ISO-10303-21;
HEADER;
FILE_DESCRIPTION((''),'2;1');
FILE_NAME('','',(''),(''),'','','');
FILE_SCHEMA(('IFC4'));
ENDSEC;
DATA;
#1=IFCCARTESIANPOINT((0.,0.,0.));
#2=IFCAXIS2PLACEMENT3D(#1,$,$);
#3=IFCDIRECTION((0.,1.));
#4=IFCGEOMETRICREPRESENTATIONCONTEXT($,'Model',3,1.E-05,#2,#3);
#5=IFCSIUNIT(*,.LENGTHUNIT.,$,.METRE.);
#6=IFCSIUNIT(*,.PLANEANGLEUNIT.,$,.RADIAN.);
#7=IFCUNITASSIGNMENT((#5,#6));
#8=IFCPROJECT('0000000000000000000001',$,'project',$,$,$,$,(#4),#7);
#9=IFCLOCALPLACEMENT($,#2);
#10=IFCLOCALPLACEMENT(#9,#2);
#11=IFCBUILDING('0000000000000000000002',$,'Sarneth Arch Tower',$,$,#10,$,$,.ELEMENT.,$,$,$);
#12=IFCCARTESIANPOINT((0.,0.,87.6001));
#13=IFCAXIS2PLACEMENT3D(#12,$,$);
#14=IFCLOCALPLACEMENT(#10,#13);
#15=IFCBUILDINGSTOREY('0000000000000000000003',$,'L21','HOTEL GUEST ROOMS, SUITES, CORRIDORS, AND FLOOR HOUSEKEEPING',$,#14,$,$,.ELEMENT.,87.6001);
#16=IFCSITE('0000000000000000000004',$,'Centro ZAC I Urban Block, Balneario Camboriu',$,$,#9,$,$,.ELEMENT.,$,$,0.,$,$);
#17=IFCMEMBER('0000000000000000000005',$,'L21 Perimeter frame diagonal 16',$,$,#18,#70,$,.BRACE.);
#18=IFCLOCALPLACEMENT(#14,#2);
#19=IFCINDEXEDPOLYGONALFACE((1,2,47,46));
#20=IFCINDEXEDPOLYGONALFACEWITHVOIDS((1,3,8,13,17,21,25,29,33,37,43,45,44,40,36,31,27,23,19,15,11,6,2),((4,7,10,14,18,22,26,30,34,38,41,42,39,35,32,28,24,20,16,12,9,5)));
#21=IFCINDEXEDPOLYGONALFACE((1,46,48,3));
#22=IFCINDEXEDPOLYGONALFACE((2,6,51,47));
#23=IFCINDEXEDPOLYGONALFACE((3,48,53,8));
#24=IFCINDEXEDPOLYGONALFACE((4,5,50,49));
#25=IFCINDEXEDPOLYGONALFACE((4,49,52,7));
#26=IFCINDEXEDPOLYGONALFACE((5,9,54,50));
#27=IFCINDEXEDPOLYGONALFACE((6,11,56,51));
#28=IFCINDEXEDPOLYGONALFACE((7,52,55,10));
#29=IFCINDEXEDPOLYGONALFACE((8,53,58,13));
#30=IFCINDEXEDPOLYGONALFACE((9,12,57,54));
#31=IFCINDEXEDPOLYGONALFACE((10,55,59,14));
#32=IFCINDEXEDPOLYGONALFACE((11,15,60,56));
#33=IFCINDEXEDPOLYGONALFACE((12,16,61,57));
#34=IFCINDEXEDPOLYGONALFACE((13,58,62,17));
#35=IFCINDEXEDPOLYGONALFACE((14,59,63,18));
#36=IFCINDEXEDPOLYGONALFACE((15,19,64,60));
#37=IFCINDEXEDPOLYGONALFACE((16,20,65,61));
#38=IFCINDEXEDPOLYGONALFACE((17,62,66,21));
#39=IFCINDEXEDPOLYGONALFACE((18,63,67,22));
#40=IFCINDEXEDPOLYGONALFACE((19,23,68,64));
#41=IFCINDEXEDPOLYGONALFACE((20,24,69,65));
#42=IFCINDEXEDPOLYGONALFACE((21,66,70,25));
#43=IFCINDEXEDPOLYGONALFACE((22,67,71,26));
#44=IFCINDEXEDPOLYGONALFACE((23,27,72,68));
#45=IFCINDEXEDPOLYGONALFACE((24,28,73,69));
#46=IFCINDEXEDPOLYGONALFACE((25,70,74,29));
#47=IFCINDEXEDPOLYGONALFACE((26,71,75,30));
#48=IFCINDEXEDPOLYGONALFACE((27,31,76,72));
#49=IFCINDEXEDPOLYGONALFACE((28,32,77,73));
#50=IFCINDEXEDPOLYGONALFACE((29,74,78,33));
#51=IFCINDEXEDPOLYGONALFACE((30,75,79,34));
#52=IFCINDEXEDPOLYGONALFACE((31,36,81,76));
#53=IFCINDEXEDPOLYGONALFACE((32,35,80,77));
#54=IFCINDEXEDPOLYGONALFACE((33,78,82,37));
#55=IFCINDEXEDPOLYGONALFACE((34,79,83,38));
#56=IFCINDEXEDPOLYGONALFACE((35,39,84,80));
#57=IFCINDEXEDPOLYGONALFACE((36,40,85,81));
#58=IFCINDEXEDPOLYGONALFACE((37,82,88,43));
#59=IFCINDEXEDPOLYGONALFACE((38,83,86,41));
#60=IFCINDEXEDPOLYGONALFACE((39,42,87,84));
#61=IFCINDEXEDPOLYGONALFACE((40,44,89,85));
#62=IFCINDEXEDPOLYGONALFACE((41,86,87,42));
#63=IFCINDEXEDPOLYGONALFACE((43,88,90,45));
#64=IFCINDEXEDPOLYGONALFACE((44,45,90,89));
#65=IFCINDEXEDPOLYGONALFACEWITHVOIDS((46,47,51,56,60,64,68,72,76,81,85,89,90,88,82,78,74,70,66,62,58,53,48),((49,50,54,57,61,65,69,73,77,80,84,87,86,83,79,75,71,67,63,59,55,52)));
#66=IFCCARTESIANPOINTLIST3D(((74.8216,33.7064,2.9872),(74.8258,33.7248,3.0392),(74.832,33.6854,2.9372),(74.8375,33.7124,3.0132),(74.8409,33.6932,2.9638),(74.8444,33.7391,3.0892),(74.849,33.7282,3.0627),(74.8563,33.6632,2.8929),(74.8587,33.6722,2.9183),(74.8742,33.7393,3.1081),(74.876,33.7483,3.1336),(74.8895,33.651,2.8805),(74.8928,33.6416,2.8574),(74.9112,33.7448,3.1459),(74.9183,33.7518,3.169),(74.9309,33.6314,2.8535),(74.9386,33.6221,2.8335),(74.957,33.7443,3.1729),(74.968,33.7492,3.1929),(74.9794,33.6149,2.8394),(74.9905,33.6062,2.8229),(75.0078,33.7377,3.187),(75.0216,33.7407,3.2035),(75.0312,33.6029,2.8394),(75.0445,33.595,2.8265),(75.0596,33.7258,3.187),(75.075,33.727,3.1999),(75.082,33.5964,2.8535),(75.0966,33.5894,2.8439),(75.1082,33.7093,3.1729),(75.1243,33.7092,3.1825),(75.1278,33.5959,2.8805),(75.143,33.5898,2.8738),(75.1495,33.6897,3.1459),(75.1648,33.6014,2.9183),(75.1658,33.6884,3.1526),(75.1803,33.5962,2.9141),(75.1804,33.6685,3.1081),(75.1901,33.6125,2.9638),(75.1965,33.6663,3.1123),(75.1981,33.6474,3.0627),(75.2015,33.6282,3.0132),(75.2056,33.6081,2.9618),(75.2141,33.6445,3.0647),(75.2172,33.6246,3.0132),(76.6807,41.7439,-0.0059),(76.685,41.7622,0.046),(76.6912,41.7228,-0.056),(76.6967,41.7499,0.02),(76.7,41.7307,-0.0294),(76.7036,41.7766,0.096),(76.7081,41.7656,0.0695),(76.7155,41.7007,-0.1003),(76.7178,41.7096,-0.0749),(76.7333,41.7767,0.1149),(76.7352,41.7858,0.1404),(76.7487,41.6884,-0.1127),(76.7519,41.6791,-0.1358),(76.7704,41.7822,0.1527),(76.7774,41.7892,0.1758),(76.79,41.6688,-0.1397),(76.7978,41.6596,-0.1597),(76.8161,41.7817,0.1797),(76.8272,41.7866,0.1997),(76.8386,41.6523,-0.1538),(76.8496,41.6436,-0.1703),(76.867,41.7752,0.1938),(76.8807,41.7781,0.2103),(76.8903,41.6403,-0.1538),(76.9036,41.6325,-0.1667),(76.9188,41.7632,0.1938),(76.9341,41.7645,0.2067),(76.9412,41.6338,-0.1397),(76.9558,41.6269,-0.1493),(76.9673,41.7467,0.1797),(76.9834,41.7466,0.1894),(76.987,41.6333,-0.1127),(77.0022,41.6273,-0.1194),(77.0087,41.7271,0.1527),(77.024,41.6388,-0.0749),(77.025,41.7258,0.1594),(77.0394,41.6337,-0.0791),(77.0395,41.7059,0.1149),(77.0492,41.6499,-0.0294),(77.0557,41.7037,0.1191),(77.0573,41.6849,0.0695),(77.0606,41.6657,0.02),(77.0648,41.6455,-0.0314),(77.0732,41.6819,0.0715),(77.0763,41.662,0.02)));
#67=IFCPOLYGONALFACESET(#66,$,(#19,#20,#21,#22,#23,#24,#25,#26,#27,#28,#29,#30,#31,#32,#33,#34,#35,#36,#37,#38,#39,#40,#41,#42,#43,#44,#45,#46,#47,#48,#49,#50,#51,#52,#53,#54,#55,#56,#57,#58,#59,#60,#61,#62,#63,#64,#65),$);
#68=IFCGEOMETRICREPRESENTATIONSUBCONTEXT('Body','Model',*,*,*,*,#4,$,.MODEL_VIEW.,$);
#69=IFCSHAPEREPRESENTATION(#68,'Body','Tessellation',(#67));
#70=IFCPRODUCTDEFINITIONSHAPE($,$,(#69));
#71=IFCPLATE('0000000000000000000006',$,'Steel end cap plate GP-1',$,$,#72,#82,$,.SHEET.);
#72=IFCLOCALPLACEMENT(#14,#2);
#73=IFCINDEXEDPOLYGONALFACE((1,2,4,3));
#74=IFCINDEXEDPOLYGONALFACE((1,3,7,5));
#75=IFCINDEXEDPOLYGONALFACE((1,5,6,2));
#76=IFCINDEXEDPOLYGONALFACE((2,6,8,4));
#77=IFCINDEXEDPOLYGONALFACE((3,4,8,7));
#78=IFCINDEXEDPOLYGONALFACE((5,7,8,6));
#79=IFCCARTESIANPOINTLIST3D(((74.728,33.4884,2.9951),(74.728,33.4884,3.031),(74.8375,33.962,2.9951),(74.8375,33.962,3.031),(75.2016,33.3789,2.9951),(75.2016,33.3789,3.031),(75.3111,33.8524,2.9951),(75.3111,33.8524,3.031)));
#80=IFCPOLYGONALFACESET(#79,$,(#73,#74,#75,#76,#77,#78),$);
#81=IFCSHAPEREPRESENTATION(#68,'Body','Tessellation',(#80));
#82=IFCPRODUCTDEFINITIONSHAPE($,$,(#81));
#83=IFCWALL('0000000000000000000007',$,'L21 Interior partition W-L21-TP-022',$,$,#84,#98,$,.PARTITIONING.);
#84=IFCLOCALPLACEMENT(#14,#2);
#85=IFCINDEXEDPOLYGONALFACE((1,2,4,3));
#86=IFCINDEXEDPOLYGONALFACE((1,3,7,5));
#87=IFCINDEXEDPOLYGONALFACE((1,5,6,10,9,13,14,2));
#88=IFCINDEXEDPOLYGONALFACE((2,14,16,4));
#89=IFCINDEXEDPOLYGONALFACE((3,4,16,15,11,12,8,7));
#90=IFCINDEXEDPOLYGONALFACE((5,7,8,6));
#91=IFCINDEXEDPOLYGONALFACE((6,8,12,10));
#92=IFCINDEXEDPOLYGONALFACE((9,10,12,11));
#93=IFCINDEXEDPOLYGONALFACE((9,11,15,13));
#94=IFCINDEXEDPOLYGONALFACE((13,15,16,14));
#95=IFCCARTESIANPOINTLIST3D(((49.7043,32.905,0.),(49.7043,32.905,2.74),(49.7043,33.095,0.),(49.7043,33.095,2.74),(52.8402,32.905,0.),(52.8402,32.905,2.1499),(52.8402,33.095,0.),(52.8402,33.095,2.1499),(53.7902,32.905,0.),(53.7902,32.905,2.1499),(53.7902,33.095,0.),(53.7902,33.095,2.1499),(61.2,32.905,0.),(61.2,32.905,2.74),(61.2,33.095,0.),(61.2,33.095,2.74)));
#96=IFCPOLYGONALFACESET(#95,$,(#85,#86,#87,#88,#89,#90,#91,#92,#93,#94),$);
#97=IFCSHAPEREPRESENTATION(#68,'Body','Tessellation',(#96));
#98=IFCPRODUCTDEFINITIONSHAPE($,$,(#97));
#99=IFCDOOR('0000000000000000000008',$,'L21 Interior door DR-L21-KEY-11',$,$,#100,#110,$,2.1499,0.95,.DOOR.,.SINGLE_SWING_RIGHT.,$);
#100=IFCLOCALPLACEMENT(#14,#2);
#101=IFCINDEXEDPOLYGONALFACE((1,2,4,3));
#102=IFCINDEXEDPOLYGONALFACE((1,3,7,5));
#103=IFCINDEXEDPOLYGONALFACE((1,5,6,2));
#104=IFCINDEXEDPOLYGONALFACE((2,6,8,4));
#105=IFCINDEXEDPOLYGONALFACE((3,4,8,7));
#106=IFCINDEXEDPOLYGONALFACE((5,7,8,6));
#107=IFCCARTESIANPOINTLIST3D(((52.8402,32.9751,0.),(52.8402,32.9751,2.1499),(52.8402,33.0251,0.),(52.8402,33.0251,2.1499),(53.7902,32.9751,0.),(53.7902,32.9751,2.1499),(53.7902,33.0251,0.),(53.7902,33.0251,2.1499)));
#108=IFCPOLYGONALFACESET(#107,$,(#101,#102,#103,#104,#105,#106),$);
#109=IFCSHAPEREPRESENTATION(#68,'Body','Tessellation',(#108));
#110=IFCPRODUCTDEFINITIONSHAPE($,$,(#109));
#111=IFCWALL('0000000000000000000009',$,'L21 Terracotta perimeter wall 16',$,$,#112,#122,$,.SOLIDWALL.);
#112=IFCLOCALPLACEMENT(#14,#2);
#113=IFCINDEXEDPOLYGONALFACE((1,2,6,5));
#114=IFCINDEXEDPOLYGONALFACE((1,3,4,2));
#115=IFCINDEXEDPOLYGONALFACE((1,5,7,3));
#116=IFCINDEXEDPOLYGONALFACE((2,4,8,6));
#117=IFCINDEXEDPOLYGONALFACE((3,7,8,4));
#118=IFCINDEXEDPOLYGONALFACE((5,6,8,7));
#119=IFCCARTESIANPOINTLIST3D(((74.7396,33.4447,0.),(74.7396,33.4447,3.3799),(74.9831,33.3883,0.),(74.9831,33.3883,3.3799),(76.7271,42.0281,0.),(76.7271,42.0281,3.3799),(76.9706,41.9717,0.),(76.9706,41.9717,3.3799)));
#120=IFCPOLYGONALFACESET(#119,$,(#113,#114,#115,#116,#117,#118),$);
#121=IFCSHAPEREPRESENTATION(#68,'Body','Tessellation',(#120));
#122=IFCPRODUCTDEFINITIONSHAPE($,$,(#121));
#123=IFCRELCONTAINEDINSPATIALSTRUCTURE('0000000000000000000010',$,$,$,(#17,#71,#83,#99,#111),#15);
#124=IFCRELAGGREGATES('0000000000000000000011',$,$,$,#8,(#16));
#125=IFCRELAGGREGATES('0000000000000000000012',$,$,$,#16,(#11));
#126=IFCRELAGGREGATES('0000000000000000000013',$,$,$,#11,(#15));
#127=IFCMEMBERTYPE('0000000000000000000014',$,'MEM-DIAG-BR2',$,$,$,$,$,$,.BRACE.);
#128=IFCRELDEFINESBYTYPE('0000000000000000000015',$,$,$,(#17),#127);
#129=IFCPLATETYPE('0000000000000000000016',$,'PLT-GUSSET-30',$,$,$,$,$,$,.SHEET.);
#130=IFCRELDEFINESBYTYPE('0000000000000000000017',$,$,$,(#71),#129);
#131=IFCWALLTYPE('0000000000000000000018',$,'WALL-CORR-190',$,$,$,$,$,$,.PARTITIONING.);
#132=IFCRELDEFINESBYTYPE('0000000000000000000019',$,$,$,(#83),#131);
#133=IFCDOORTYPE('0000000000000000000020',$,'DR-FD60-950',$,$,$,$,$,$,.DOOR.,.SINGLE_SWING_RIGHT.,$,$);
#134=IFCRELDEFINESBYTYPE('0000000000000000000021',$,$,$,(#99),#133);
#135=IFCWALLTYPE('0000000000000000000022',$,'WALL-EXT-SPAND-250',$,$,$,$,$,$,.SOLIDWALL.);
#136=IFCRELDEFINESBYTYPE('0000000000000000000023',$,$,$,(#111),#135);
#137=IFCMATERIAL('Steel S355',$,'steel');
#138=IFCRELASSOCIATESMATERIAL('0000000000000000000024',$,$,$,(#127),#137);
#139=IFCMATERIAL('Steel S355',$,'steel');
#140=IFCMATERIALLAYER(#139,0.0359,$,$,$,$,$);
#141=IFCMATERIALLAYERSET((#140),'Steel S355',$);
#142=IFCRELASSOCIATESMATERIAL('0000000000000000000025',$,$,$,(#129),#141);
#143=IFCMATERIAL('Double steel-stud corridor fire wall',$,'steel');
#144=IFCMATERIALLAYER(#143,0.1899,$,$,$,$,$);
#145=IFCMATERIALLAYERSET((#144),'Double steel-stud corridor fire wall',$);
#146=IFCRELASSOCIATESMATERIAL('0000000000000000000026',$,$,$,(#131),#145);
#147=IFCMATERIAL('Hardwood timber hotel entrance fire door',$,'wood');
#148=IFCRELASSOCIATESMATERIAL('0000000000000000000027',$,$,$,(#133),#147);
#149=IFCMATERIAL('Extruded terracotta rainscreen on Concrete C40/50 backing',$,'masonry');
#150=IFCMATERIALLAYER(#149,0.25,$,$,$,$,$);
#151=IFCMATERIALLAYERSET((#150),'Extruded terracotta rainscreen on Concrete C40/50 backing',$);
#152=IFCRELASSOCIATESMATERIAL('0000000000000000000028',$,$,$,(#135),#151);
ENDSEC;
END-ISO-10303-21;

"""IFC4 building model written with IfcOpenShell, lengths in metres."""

from ifc_helpers import new_model, si_unit, direction, frame, frame_2d, origin, origin_2d, place, context, subcontext, project, spatial, rectangle, hollow_circle, extrude, material, layer, layer_set, material_profile, profile_set, type_object, element, fill, save


model = new_model("IFC4")

# Units and contexts
model_context = context("Model", 3, precision=1e-05, world=origin(), true_north=direction((0.0, 1.0)))
body_context = subcontext(model_context, "Body", "Model", "MODEL_VIEW")
ifc_project = project(units=[si_unit("LENGTHUNIT", "METRE"), si_unit("PLANEANGLEUNIT", "RADIAN")], contexts=[model_context])

# Site, building, storey
site_placement = place(None, origin())
site = spatial("IfcSite", under=ifc_project, at=site_placement, Name="Centro ZAC I Urban Block, Balneario Camboriu", CompositionType="ELEMENT", RefElevation=0.0)
building_placement = place(site_placement, origin())
building = spatial("IfcBuilding", under=site, at=building_placement, Name="Sarneth Arch Tower", CompositionType="ELEMENT")
storey_placement = place(building_placement, frame((0.0, 0.0, 87.6001)))
storey = spatial("IfcBuildingStorey", under=building, at=storey_placement, Name="L21", Description="HOTEL GUEST ROOMS, SUITES, CORRIDORS, AND FLOOR HOUSEKEEPING", CompositionType="ELEMENT", Elevation=87.6001)

# Member
ifc_material_1 = material(Name="Steel S355", Category="steel")
ifc_material_profile_1 = material_profile(ifc_material_1, hollow_circle(Radius=0.2029, WallThickness=0.0161, at=origin_2d()), Name="CHS406x16")
ifc_profile_set_1 = profile_set([ifc_material_profile_1], Name="Steel S355")
member_type_1 = type_object("IfcMemberType", Name="MEM-DIAG-BR2", PredefinedType="BRACE", material=ifc_profile_set_1)
member_1_placement = place(storey_placement, frame((76.8787, 41.7078, 0.02), z_axis=(-0.211848, -0.915856, 0.341071), x_axis=(0.974275, -0.225361, 0.0)))
element("IfcMember", 1, at=member_1_placement, inside=storey, type_object=member_type_1, Name="L21 Perimeter frame diagonal 16", PredefinedType="BRACE", context=body_context, shape_type="SweptSolid", body=[
    extrude(hollow_circle(Radius=0.2029, WallThickness=0.0161, at=origin_2d()), origin(), (0.0, 0.0, 1.0), 8.7759),
])

# Plate
ifc_material_2 = material(Name="Steel S355", Category="steel")
ifc_layer_1 = layer(ifc_material_2, 0.0359)
ifc_layer_set_1 = layer_set([ifc_layer_1], Name="Steel S355")
plate_type = type_object("IfcPlateType", Name="PLT-GUSSET-30", PredefinedType="SHEET", material=ifc_layer_set_1)
plate_placement = place(storey_placement, frame((75.0195, 33.6704, 2.9951), z_axis=(0.0, 0.0, 1.0), x_axis=(0.225291, 0.974291, 0.0)))
element("IfcPlate", 2, at=plate_placement, inside=storey, type_object=plate_type, Name="Steel end cap plate GP-1", PredefinedType="SHEET", context=body_context, shape_type="SweptSolid", body=[
    extrude(rectangle(XDim=0.4861, YDim=0.4861, at=origin_2d()), origin(), (0.0, 0.0, 1.0), 0.0359),
])

# Wall, opening, door
ifc_material_3 = material(Name="Double steel-stud corridor fire wall", Category="steel")
ifc_layer_2 = layer(ifc_material_3, 0.1899)
ifc_layer_set_2 = layer_set([ifc_layer_2], Name="Double steel-stud corridor fire wall")
wall_type_1 = type_object("IfcWallType", Name="WALL-CORR-190", PredefinedType="PARTITIONING", material=ifc_layer_set_2)
wall_1_placement = place(storey_placement, frame((61.2, 33.0, 0.0), z_axis=(0.0, 0.0, 1.0), x_axis=(-1.0, 0.0, 0.0)))
wall_1 = element("IfcWall", 3, at=wall_1_placement, inside=storey, type_object=wall_type_1, Name="L21 Interior partition W-L21-TP-022", PredefinedType="PARTITIONING", context=body_context, shape_type="SweptSolid", body=[
    extrude(rectangle(XDim=11.4956, YDim=0.1899, at=frame_2d((5.7478, 0.0))), origin(), (0.0, 0.0, 1.0), 2.74),
])
opening_1_placement = place(wall_1_placement, frame((7.4097, 0.0, 0.0)))
opening_1 = element("IfcOpeningElement", 4, at=opening_1_placement, cuts=wall_1, PredefinedType="OPENING", context=body_context, shape_type="SweptSolid", body=[
    extrude(rectangle(XDim=0.95, YDim=2.1499, at=frame_2d((0.4751, 1.075))), frame((0.0, 0.105, 0.0), z_axis=(0.0, -1.0, 0.0), x_axis=(1.0, 0.0, 0.0)), (0.0, 0.0, 1.0), 0.21),
])
ifc_material_4 = material(Name="Hardwood timber hotel entrance fire door", Category="wood")
door_type_1 = type_object("IfcDoorType", Name="DR-FD60-950", OperationType="SINGLE_SWING_RIGHT", PredefinedType="DOOR", material=ifc_material_4)
door_1_placement = place(opening_1_placement, origin())
door_1 = element("IfcDoor", 5, at=door_1_placement, inside=storey, type_object=door_type_1, Name="L21 Interior door DR-L21-KEY-11", OperationType="SINGLE_SWING_RIGHT", OverallHeight=2.1499, OverallWidth=0.95, PredefinedType="DOOR", context=body_context, shape_type="SweptSolid", body=[
    extrude(rectangle(XDim=0.95, YDim=2.1499, at=frame_2d((0.4751, 1.075))), frame((0.0, 0.0249, 0.0), z_axis=(0.0, -1.0, 0.0), x_axis=(1.0, 0.0, 0.0)), (0.0, 0.0, 1.0), 0.05),
])
fill(opening_1, door_1)

# Wall
ifc_material_5 = material(Name="Extruded terracotta rainscreen on Concrete C40/50 backing", Category="masonry")
ifc_layer_3 = layer(ifc_material_5, 0.25)
ifc_layer_set_3 = layer_set([ifc_layer_3], Name="Extruded terracotta rainscreen on Concrete C40/50 backing")
wall_type_2 = type_object("IfcWallType", Name="WALL-EXT-SPAND-250", PredefinedType="SOLIDWALL", material=ifc_layer_set_3)
wall_2_placement = place(storey_placement, frame((74.8613, 33.4165, 0.0), z_axis=(0.0, 0.0, 1.0), x_axis=(0.225586, 0.974223, 0.0)))
element("IfcWall", 6, at=wall_2_placement, inside=storey, type_object=wall_type_2, Name="L21 Terracotta perimeter wall 16", PredefinedType="SOLIDWALL", context=body_context, shape_type="SweptSolid", body=[
    extrude(rectangle(XDim=8.8105, YDim=0.25, at=frame_2d((4.4053, 0.0))), origin(), (0.0, 0.0, 1.0), 3.3799),
])

save(model, "model.ifc")
